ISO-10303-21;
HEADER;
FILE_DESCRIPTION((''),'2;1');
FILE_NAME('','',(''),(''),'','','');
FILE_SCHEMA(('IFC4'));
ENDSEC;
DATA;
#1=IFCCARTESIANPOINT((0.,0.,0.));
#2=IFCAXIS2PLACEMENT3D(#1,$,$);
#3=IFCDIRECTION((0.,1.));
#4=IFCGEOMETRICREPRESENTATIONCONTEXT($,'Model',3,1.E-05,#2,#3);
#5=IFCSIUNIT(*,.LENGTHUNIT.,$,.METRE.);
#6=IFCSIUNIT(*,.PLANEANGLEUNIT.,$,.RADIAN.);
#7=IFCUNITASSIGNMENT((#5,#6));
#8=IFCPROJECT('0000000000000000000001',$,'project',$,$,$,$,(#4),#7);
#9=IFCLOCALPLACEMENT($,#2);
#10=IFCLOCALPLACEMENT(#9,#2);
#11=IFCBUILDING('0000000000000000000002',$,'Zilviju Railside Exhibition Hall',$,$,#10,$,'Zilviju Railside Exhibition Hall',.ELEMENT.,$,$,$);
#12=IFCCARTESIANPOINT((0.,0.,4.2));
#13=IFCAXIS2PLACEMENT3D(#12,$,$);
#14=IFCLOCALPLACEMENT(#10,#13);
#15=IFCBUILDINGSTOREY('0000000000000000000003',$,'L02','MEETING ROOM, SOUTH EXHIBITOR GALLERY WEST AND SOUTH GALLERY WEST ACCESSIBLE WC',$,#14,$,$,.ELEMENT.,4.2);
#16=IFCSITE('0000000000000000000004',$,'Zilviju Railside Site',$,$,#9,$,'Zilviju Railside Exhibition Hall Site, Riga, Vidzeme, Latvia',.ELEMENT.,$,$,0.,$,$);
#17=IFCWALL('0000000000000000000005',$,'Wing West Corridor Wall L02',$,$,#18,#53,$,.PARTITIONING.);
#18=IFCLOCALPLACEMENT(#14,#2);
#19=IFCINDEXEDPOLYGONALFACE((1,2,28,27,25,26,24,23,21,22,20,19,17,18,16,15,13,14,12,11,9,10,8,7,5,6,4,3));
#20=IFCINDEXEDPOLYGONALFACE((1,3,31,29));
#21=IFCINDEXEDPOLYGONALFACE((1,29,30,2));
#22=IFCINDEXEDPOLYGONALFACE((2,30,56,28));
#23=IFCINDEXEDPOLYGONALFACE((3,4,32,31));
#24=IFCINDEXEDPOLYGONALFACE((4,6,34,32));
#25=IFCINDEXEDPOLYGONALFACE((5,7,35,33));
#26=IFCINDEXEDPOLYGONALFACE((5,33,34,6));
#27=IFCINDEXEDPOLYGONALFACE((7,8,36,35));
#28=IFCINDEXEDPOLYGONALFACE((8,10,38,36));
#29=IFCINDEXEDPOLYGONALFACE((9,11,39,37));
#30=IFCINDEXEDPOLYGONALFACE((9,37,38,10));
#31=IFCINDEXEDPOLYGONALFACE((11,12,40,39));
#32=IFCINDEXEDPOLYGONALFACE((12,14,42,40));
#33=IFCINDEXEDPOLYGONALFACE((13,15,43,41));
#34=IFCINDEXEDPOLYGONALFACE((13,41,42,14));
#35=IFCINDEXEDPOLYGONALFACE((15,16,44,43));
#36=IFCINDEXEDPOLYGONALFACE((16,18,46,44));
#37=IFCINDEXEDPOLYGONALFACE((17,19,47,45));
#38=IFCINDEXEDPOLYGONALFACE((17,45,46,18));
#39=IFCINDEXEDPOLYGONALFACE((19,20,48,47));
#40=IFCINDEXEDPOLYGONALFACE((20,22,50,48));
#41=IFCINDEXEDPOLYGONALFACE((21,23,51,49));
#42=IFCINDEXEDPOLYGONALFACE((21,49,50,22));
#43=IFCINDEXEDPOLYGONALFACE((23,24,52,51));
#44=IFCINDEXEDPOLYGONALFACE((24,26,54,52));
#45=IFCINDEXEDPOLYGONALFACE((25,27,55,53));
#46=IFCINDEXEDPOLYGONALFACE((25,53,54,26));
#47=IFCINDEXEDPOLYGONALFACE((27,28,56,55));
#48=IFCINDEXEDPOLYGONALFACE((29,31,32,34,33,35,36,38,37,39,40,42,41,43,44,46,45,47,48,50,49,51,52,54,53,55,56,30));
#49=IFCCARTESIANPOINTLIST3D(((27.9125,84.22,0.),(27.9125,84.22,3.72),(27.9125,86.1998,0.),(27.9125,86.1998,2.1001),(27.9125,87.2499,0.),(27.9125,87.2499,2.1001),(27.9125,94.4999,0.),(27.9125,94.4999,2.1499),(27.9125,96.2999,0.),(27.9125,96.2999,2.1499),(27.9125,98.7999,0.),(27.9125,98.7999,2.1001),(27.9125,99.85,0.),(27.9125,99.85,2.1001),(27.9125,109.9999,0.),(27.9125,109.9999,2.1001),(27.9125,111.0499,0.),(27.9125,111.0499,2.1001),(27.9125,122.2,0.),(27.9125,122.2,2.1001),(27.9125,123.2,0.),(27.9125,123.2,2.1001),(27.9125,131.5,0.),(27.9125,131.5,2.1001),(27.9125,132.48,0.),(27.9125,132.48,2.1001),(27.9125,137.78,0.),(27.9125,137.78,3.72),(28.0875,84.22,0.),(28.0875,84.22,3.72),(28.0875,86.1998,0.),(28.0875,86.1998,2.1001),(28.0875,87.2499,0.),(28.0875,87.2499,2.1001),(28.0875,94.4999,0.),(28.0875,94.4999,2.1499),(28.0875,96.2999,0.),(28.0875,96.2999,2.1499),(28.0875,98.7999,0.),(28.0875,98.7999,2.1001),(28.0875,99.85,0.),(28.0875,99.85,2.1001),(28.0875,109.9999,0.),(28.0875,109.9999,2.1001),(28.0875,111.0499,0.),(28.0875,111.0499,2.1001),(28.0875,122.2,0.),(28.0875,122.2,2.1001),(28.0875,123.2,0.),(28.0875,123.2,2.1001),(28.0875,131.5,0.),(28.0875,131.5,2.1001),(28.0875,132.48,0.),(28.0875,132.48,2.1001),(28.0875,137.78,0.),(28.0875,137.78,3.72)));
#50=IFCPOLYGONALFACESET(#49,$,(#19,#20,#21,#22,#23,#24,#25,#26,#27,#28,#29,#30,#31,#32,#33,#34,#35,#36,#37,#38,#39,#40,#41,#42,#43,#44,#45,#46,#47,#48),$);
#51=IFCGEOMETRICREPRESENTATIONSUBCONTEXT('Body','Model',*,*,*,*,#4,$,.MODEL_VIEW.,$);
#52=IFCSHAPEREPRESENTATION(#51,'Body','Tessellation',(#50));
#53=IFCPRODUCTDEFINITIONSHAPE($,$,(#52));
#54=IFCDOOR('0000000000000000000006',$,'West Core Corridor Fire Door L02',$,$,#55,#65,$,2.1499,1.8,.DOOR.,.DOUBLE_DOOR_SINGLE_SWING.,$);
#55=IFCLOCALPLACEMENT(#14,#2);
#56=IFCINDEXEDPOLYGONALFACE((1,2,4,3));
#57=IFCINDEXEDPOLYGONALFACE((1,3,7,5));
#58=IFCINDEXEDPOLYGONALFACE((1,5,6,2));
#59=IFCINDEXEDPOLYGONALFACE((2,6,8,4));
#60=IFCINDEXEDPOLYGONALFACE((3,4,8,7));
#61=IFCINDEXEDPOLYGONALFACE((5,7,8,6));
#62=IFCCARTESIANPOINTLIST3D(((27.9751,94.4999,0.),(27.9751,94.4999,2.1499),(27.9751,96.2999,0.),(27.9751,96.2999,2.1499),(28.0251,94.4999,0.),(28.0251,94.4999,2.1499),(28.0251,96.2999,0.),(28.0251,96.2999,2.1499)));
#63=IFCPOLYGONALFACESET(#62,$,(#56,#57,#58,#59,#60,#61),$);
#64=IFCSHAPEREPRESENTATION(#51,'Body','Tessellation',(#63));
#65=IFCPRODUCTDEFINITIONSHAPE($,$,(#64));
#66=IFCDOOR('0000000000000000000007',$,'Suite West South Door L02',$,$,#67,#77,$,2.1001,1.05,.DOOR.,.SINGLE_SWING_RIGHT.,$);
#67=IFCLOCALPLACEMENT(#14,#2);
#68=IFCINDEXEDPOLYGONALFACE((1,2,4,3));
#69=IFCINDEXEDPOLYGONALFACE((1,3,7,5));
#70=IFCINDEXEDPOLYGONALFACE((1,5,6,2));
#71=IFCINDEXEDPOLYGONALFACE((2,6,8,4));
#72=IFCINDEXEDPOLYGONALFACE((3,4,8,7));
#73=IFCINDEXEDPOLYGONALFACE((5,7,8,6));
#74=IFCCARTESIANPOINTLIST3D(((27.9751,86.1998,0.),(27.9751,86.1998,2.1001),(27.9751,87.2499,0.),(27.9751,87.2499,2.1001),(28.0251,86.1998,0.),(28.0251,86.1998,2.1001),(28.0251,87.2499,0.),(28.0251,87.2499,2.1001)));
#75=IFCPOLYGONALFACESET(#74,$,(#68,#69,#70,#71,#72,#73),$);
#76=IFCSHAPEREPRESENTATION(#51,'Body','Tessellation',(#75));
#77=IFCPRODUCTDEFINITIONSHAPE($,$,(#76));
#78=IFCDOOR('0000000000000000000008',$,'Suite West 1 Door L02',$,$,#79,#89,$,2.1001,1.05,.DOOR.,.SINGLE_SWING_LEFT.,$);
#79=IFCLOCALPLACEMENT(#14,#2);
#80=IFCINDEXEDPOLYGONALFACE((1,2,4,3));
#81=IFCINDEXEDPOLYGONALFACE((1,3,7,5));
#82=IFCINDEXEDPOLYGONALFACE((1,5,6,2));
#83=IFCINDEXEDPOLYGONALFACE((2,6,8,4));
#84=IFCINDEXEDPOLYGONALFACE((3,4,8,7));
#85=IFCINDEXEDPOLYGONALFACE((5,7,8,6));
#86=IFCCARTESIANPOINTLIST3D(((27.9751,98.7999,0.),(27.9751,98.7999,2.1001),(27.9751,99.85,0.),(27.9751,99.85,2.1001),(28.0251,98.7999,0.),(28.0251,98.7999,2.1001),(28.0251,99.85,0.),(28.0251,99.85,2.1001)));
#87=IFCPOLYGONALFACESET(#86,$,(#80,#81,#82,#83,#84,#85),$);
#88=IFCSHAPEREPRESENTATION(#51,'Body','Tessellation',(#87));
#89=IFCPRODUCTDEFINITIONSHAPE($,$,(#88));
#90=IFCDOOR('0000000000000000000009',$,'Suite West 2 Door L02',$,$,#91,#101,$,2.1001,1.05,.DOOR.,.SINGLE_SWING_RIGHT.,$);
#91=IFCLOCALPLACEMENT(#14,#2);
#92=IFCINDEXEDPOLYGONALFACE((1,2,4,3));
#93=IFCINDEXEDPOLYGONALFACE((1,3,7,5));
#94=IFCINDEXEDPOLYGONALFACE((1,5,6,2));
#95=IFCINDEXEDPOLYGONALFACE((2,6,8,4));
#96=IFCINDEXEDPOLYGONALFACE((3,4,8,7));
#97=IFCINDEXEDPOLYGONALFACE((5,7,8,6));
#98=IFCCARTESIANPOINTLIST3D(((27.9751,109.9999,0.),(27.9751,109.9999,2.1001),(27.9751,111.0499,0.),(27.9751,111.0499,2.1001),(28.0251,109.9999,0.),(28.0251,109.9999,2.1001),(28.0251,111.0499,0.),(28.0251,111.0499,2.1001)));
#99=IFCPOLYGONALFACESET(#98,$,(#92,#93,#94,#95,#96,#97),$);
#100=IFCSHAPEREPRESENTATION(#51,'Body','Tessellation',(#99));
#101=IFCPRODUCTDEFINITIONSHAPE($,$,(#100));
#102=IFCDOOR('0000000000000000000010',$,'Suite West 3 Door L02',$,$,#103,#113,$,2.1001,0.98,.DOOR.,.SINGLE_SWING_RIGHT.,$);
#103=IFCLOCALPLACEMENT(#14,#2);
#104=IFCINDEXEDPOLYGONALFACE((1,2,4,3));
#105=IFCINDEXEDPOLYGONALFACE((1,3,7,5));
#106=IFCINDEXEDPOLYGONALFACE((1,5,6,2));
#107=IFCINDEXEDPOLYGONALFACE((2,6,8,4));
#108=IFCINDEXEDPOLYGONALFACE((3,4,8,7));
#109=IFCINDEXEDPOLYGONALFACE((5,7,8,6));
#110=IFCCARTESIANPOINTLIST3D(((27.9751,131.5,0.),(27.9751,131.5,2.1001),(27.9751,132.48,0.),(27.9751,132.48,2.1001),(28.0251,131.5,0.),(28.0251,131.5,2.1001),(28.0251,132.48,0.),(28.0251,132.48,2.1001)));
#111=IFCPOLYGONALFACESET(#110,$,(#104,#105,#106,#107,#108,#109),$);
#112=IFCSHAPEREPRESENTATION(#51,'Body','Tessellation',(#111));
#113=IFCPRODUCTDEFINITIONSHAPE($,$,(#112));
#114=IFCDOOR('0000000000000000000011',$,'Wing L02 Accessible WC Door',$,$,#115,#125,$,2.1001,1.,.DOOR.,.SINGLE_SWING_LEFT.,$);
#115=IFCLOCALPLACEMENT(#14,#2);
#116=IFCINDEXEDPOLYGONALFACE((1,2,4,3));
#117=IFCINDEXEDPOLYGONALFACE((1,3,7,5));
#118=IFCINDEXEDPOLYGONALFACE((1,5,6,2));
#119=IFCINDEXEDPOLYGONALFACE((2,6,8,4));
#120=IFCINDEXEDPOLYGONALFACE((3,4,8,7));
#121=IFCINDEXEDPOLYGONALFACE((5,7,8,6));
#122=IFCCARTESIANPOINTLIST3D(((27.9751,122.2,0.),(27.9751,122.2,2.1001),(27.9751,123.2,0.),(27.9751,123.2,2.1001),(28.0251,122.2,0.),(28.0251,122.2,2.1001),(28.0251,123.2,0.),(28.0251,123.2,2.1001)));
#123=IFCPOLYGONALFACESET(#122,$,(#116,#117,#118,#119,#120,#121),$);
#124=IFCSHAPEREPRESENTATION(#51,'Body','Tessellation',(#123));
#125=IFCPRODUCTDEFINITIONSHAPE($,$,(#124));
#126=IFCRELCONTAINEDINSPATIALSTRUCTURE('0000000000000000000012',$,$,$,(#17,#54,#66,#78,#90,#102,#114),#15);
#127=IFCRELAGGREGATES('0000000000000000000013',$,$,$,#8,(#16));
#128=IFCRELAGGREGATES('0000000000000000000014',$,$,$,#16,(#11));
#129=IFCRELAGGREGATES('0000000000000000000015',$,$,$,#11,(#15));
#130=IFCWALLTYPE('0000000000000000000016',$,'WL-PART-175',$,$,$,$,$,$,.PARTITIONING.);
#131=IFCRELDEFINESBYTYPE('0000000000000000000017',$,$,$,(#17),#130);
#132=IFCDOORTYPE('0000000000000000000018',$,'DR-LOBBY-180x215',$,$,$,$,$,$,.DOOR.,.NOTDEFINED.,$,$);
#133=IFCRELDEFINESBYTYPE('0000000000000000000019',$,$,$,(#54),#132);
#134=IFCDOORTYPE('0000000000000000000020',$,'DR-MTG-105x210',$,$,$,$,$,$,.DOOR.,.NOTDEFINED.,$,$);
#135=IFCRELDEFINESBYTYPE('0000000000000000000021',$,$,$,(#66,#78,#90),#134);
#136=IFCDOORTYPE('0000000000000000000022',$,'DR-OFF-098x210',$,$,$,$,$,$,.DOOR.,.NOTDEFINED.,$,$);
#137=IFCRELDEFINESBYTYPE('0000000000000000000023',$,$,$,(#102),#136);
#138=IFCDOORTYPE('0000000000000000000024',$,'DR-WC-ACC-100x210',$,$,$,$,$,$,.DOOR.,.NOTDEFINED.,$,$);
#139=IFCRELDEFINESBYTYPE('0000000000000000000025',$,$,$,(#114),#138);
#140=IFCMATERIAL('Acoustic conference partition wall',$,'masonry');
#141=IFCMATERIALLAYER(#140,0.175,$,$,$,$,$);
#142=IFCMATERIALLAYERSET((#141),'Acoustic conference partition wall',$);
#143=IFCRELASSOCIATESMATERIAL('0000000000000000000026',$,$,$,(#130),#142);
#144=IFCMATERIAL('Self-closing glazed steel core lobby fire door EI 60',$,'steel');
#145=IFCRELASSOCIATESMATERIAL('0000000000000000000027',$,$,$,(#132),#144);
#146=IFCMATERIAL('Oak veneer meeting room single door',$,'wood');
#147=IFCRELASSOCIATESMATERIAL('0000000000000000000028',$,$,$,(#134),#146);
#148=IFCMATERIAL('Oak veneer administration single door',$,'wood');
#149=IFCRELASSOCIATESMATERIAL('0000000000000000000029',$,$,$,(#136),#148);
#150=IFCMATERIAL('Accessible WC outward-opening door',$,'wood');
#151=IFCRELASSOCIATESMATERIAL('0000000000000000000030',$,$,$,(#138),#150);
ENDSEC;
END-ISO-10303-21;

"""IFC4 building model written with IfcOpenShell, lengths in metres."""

from ifc_helpers import new_model, si_unit, direction, frame, frame_2d, origin, place, context, subcontext, project, spatial, rectangle, extrude, material, layer, layer_set, type_object, element, fill, save


model = new_model("IFC4")

# Units and contexts
model_context = context("Model", 3, precision=1e-05, world=origin(), true_north=direction((0.0, 1.0)))
body_context = subcontext(model_context, "Body", "Model", "MODEL_VIEW")
ifc_project = project(units=[si_unit("LENGTHUNIT", "METRE"), si_unit("PLANEANGLEUNIT", "RADIAN")], contexts=[model_context])

# Site, building, storey
site_placement = place(None, origin())
site = spatial("IfcSite", under=ifc_project, at=site_placement, Name="Zilviju Railside Site", LongName="Zilviju Railside Exhibition Hall Site, Riga, Vidzeme, Latvia", CompositionType="ELEMENT", RefElevation=0.0)
building_placement = place(site_placement, origin())
building = spatial("IfcBuilding", under=site, at=building_placement, Name="Zilviju Railside Exhibition Hall", LongName="Zilviju Railside Exhibition Hall", CompositionType="ELEMENT")
storey_placement = place(building_placement, frame((0.0, 0.0, 4.2)))
storey = spatial("IfcBuildingStorey", under=building, at=storey_placement, Name="L02", Description="MEETING ROOM, SOUTH EXHIBITOR GALLERY WEST AND SOUTH GALLERY WEST ACCESSIBLE WC", CompositionType="ELEMENT", Elevation=4.2)

# Wall, openings, doors
ifc_material_1 = material(Name="Acoustic conference partition wall", Category="masonry")
ifc_layer_1 = layer(ifc_material_1, 0.175)
ifc_layer_set_1 = layer_set([ifc_layer_1], Name="Acoustic conference partition wall")
wall_type_1 = type_object("IfcWallType", Name="WL-PART-175", PredefinedType="PARTITIONING", material=ifc_layer_set_1)
wall_1_placement = place(storey_placement, frame((28.0, 84.22, 0.0), z_axis=(0.0, 0.0, 1.0), x_axis=(0.0, 1.0, 0.0)))
wall_1 = element("IfcWall", 1, at=wall_1_placement, inside=storey, type_object=wall_type_1, Name="Wing West Corridor Wall L02", PredefinedType="PARTITIONING", context=body_context, shape_type="SweptSolid", body=[
    extrude(rectangle(XDim=53.5601, YDim=0.175, at=frame_2d((26.78, 0.0))), origin(), (0.0, 0.0, 1.0), 3.72),
])
opening_1_placement = place(wall_1_placement, frame((1.98, 0.0, 0.0)))
opening_1 = element("IfcOpeningElement", 2, at=opening_1_placement, cuts=wall_1, PredefinedType="OPENING", context=body_context, shape_type="SweptSolid", body=[
    extrude(rectangle(XDim=1.05, YDim=2.1001, at=frame_2d((0.5249, 1.05))), frame((0.0, 0.0974, 0.0), z_axis=(0.0, -1.0, 0.0), x_axis=(1.0, 0.0, 0.0)), (0.0, 0.0, 1.0), 0.1951),
])
opening_2_placement = place(wall_1_placement, frame((10.28, 0.0, 0.0)))
opening_2 = element("IfcOpeningElement", 3, at=opening_2_placement, cuts=wall_1, PredefinedType="OPENING", context=body_context, shape_type="SweptSolid", body=[
    extrude(rectangle(XDim=1.8, YDim=2.1499, at=frame_2d((0.8999, 1.075))), frame((0.0, 0.0974, 0.0), z_axis=(0.0, -1.0, 0.0), x_axis=(1.0, 0.0, 0.0)), (0.0, 0.0, 1.0), 0.1951),
])
opening_3_placement = place(wall_1_placement, frame((14.5801, 0.0, 0.0)))
opening_3 = element("IfcOpeningElement", 4, at=opening_3_placement, cuts=wall_1, PredefinedType="OPENING", context=body_context, shape_type="SweptSolid", body=[
    extrude(rectangle(XDim=1.05, YDim=2.1001, at=frame_2d((0.5249, 1.05))), frame((0.0, 0.0974, 0.0), z_axis=(0.0, -1.0, 0.0), x_axis=(1.0, 0.0, 0.0)), (0.0, 0.0, 1.0), 0.1951),
])
opening_4_placement = place(wall_1_placement, frame((25.78, 0.0, 0.0)))
opening_4 = element("IfcOpeningElement", 5, at=opening_4_placement, cuts=wall_1, PredefinedType="OPENING", context=body_context, shape_type="SweptSolid", body=[
    extrude(rectangle(XDim=1.05, YDim=2.1001, at=frame_2d((0.5249, 1.05))), frame((0.0, 0.0974, 0.0), z_axis=(0.0, -1.0, 0.0), x_axis=(1.0, 0.0, 0.0)), (0.0, 0.0, 1.0), 0.1951),
])
opening_5_placement = place(wall_1_placement, frame((37.98, 0.0, 0.0)))
opening_5 = element("IfcOpeningElement", 6, at=opening_5_placement, cuts=wall_1, PredefinedType="OPENING", context=body_context, shape_type="SweptSolid", body=[
    extrude(rectangle(XDim=1.0, YDim=2.1001, at=frame_2d((0.5, 1.05))), frame((0.0, 0.0974, 0.0), z_axis=(0.0, -1.0, 0.0), x_axis=(1.0, 0.0, 0.0)), (0.0, 0.0, 1.0), 0.1951),
])
opening_6_placement = place(wall_1_placement, frame((47.28, 0.0, 0.0)))
opening_6 = element("IfcOpeningElement", 7, at=opening_6_placement, cuts=wall_1, PredefinedType="OPENING", context=body_context, shape_type="SweptSolid", body=[
    extrude(rectangle(XDim=0.98, YDim=2.1001, at=frame_2d((0.49, 1.05))), frame((0.0, 0.0974, 0.0), z_axis=(0.0, -1.0, 0.0), x_axis=(1.0, 0.0, 0.0)), (0.0, 0.0, 1.0), 0.1951),
])
ifc_material_2 = material(Name="Self-closing glazed steel core lobby fire door EI 60", Category="steel")
door_type_1 = type_object("IfcDoorType", Name="DR-LOBBY-180x215", OperationType="NOTDEFINED", PredefinedType="DOOR", material=ifc_material_2)
door_1_placement = place(opening_2_placement, origin())
door_1 = element("IfcDoor", 8, at=door_1_placement, inside=storey, type_object=door_type_1, Name="West Core Corridor Fire Door L02", OperationType="DOUBLE_DOOR_SINGLE_SWING", OverallHeight=2.1499, OverallWidth=1.8, PredefinedType="DOOR", context=body_context, shape_type="SweptSolid", body=[
    extrude(rectangle(XDim=1.8, YDim=2.1499, at=frame_2d((0.8999, 1.075))), frame((0.0, 0.0249, 0.0), z_axis=(0.0, -1.0, 0.0), x_axis=(1.0, 0.0, 0.0)), (0.0, 0.0, 1.0), 0.05),
])
fill(opening_2, door_1)
ifc_material_3 = material(Name="Oak veneer meeting room single door", Category="wood")
door_type_2 = type_object("IfcDoorType", Name="DR-MTG-105x210", OperationType="NOTDEFINED", PredefinedType="DOOR", material=ifc_material_3)
door_2_placement = place(opening_1_placement, origin())
door_2 = element("IfcDoor", 9, at=door_2_placement, inside=storey, type_object=door_type_2, Name="Suite West South Door L02", OperationType="SINGLE_SWING_RIGHT", OverallHeight=2.1001, OverallWidth=1.05, PredefinedType="DOOR", context=body_context, shape_type="SweptSolid", body=[
    extrude(rectangle(XDim=1.05, YDim=2.1001, at=frame_2d((0.5249, 1.05))), frame((0.0, 0.0249, 0.0), z_axis=(0.0, -1.0, 0.0), x_axis=(1.0, 0.0, 0.0)), (0.0, 0.0, 1.0), 0.05),
])
fill(opening_1, door_2)
door_3_placement = place(opening_3_placement, origin())
door_3 = element("IfcDoor", 10, at=door_3_placement, inside=storey, type_object=door_type_2, Name="Suite West 1 Door L02", OperationType="SINGLE_SWING_LEFT", OverallHeight=2.1001, OverallWidth=1.05, PredefinedType="DOOR", context=body_context, shape_type="SweptSolid", body=[
    extrude(rectangle(XDim=1.05, YDim=2.1001, at=frame_2d((0.5249, 1.05))), frame((0.0, 0.0249, 0.0), z_axis=(0.0, -1.0, 0.0), x_axis=(1.0, 0.0, 0.0)), (0.0, 0.0, 1.0), 0.05),
])
fill(opening_3, door_3)
door_4_placement = place(opening_4_placement, origin())
door_4 = element("IfcDoor", 11, at=door_4_placement, inside=storey, type_object=door_type_2, Name="Suite West 2 Door L02", OperationType="SINGLE_SWING_RIGHT", OverallHeight=2.1001, OverallWidth=1.05, PredefinedType="DOOR", context=body_context, shape_type="SweptSolid", body=[
    extrude(rectangle(XDim=1.05, YDim=2.1001, at=frame_2d((0.5249, 1.05))), frame((0.0, 0.0249, 0.0), z_axis=(0.0, -1.0, 0.0), x_axis=(1.0, 0.0, 0.0)), (0.0, 0.0, 1.0), 0.05),
])
fill(opening_4, door_4)
ifc_material_4 = material(Name="Oak veneer administration single door", Category="wood")
door_type_3 = type_object("IfcDoorType", Name="DR-OFF-098x210", OperationType="NOTDEFINED", PredefinedType="DOOR", material=ifc_material_4)
door_5_placement = place(opening_6_placement, origin())
door_5 = element("IfcDoor", 12, at=door_5_placement, inside=storey, type_object=door_type_3, Name="Suite West 3 Door L02", OperationType="SINGLE_SWING_RIGHT", OverallHeight=2.1001, OverallWidth=0.98, PredefinedType="DOOR", context=body_context, shape_type="SweptSolid", body=[
    extrude(rectangle(XDim=0.98, YDim=2.1001, at=frame_2d((0.49, 1.05))), frame((0.0, 0.0249, 0.0), z_axis=(0.0, -1.0, 0.0), x_axis=(1.0, 0.0, 0.0)), (0.0, 0.0, 1.0), 0.05),
])
fill(opening_6, door_5)
ifc_material_5 = material(Name="Accessible WC outward-opening door", Category="wood")
door_type_4 = type_object("IfcDoorType", Name="DR-WC-ACC-100x210", OperationType="NOTDEFINED", PredefinedType="DOOR", material=ifc_material_5)
door_6_placement = place(opening_5_placement, origin())
door_6 = element("IfcDoor", 13, at=door_6_placement, inside=storey, type_object=door_type_4, Name="Wing L02 Accessible WC Door", OperationType="SINGLE_SWING_LEFT", OverallHeight=2.1001, OverallWidth=1.0, PredefinedType="DOOR", context=body_context, shape_type="SweptSolid", body=[
    extrude(rectangle(XDim=1.0, YDim=2.1001, at=frame_2d((0.5, 1.05))), frame((0.0, 0.0249, 0.0), z_axis=(0.0, -1.0, 0.0), x_axis=(1.0, 0.0, 0.0)), (0.0, 0.0, 1.0), 0.05),
])
fill(opening_5, door_6)

save(model, "model.ifc")
